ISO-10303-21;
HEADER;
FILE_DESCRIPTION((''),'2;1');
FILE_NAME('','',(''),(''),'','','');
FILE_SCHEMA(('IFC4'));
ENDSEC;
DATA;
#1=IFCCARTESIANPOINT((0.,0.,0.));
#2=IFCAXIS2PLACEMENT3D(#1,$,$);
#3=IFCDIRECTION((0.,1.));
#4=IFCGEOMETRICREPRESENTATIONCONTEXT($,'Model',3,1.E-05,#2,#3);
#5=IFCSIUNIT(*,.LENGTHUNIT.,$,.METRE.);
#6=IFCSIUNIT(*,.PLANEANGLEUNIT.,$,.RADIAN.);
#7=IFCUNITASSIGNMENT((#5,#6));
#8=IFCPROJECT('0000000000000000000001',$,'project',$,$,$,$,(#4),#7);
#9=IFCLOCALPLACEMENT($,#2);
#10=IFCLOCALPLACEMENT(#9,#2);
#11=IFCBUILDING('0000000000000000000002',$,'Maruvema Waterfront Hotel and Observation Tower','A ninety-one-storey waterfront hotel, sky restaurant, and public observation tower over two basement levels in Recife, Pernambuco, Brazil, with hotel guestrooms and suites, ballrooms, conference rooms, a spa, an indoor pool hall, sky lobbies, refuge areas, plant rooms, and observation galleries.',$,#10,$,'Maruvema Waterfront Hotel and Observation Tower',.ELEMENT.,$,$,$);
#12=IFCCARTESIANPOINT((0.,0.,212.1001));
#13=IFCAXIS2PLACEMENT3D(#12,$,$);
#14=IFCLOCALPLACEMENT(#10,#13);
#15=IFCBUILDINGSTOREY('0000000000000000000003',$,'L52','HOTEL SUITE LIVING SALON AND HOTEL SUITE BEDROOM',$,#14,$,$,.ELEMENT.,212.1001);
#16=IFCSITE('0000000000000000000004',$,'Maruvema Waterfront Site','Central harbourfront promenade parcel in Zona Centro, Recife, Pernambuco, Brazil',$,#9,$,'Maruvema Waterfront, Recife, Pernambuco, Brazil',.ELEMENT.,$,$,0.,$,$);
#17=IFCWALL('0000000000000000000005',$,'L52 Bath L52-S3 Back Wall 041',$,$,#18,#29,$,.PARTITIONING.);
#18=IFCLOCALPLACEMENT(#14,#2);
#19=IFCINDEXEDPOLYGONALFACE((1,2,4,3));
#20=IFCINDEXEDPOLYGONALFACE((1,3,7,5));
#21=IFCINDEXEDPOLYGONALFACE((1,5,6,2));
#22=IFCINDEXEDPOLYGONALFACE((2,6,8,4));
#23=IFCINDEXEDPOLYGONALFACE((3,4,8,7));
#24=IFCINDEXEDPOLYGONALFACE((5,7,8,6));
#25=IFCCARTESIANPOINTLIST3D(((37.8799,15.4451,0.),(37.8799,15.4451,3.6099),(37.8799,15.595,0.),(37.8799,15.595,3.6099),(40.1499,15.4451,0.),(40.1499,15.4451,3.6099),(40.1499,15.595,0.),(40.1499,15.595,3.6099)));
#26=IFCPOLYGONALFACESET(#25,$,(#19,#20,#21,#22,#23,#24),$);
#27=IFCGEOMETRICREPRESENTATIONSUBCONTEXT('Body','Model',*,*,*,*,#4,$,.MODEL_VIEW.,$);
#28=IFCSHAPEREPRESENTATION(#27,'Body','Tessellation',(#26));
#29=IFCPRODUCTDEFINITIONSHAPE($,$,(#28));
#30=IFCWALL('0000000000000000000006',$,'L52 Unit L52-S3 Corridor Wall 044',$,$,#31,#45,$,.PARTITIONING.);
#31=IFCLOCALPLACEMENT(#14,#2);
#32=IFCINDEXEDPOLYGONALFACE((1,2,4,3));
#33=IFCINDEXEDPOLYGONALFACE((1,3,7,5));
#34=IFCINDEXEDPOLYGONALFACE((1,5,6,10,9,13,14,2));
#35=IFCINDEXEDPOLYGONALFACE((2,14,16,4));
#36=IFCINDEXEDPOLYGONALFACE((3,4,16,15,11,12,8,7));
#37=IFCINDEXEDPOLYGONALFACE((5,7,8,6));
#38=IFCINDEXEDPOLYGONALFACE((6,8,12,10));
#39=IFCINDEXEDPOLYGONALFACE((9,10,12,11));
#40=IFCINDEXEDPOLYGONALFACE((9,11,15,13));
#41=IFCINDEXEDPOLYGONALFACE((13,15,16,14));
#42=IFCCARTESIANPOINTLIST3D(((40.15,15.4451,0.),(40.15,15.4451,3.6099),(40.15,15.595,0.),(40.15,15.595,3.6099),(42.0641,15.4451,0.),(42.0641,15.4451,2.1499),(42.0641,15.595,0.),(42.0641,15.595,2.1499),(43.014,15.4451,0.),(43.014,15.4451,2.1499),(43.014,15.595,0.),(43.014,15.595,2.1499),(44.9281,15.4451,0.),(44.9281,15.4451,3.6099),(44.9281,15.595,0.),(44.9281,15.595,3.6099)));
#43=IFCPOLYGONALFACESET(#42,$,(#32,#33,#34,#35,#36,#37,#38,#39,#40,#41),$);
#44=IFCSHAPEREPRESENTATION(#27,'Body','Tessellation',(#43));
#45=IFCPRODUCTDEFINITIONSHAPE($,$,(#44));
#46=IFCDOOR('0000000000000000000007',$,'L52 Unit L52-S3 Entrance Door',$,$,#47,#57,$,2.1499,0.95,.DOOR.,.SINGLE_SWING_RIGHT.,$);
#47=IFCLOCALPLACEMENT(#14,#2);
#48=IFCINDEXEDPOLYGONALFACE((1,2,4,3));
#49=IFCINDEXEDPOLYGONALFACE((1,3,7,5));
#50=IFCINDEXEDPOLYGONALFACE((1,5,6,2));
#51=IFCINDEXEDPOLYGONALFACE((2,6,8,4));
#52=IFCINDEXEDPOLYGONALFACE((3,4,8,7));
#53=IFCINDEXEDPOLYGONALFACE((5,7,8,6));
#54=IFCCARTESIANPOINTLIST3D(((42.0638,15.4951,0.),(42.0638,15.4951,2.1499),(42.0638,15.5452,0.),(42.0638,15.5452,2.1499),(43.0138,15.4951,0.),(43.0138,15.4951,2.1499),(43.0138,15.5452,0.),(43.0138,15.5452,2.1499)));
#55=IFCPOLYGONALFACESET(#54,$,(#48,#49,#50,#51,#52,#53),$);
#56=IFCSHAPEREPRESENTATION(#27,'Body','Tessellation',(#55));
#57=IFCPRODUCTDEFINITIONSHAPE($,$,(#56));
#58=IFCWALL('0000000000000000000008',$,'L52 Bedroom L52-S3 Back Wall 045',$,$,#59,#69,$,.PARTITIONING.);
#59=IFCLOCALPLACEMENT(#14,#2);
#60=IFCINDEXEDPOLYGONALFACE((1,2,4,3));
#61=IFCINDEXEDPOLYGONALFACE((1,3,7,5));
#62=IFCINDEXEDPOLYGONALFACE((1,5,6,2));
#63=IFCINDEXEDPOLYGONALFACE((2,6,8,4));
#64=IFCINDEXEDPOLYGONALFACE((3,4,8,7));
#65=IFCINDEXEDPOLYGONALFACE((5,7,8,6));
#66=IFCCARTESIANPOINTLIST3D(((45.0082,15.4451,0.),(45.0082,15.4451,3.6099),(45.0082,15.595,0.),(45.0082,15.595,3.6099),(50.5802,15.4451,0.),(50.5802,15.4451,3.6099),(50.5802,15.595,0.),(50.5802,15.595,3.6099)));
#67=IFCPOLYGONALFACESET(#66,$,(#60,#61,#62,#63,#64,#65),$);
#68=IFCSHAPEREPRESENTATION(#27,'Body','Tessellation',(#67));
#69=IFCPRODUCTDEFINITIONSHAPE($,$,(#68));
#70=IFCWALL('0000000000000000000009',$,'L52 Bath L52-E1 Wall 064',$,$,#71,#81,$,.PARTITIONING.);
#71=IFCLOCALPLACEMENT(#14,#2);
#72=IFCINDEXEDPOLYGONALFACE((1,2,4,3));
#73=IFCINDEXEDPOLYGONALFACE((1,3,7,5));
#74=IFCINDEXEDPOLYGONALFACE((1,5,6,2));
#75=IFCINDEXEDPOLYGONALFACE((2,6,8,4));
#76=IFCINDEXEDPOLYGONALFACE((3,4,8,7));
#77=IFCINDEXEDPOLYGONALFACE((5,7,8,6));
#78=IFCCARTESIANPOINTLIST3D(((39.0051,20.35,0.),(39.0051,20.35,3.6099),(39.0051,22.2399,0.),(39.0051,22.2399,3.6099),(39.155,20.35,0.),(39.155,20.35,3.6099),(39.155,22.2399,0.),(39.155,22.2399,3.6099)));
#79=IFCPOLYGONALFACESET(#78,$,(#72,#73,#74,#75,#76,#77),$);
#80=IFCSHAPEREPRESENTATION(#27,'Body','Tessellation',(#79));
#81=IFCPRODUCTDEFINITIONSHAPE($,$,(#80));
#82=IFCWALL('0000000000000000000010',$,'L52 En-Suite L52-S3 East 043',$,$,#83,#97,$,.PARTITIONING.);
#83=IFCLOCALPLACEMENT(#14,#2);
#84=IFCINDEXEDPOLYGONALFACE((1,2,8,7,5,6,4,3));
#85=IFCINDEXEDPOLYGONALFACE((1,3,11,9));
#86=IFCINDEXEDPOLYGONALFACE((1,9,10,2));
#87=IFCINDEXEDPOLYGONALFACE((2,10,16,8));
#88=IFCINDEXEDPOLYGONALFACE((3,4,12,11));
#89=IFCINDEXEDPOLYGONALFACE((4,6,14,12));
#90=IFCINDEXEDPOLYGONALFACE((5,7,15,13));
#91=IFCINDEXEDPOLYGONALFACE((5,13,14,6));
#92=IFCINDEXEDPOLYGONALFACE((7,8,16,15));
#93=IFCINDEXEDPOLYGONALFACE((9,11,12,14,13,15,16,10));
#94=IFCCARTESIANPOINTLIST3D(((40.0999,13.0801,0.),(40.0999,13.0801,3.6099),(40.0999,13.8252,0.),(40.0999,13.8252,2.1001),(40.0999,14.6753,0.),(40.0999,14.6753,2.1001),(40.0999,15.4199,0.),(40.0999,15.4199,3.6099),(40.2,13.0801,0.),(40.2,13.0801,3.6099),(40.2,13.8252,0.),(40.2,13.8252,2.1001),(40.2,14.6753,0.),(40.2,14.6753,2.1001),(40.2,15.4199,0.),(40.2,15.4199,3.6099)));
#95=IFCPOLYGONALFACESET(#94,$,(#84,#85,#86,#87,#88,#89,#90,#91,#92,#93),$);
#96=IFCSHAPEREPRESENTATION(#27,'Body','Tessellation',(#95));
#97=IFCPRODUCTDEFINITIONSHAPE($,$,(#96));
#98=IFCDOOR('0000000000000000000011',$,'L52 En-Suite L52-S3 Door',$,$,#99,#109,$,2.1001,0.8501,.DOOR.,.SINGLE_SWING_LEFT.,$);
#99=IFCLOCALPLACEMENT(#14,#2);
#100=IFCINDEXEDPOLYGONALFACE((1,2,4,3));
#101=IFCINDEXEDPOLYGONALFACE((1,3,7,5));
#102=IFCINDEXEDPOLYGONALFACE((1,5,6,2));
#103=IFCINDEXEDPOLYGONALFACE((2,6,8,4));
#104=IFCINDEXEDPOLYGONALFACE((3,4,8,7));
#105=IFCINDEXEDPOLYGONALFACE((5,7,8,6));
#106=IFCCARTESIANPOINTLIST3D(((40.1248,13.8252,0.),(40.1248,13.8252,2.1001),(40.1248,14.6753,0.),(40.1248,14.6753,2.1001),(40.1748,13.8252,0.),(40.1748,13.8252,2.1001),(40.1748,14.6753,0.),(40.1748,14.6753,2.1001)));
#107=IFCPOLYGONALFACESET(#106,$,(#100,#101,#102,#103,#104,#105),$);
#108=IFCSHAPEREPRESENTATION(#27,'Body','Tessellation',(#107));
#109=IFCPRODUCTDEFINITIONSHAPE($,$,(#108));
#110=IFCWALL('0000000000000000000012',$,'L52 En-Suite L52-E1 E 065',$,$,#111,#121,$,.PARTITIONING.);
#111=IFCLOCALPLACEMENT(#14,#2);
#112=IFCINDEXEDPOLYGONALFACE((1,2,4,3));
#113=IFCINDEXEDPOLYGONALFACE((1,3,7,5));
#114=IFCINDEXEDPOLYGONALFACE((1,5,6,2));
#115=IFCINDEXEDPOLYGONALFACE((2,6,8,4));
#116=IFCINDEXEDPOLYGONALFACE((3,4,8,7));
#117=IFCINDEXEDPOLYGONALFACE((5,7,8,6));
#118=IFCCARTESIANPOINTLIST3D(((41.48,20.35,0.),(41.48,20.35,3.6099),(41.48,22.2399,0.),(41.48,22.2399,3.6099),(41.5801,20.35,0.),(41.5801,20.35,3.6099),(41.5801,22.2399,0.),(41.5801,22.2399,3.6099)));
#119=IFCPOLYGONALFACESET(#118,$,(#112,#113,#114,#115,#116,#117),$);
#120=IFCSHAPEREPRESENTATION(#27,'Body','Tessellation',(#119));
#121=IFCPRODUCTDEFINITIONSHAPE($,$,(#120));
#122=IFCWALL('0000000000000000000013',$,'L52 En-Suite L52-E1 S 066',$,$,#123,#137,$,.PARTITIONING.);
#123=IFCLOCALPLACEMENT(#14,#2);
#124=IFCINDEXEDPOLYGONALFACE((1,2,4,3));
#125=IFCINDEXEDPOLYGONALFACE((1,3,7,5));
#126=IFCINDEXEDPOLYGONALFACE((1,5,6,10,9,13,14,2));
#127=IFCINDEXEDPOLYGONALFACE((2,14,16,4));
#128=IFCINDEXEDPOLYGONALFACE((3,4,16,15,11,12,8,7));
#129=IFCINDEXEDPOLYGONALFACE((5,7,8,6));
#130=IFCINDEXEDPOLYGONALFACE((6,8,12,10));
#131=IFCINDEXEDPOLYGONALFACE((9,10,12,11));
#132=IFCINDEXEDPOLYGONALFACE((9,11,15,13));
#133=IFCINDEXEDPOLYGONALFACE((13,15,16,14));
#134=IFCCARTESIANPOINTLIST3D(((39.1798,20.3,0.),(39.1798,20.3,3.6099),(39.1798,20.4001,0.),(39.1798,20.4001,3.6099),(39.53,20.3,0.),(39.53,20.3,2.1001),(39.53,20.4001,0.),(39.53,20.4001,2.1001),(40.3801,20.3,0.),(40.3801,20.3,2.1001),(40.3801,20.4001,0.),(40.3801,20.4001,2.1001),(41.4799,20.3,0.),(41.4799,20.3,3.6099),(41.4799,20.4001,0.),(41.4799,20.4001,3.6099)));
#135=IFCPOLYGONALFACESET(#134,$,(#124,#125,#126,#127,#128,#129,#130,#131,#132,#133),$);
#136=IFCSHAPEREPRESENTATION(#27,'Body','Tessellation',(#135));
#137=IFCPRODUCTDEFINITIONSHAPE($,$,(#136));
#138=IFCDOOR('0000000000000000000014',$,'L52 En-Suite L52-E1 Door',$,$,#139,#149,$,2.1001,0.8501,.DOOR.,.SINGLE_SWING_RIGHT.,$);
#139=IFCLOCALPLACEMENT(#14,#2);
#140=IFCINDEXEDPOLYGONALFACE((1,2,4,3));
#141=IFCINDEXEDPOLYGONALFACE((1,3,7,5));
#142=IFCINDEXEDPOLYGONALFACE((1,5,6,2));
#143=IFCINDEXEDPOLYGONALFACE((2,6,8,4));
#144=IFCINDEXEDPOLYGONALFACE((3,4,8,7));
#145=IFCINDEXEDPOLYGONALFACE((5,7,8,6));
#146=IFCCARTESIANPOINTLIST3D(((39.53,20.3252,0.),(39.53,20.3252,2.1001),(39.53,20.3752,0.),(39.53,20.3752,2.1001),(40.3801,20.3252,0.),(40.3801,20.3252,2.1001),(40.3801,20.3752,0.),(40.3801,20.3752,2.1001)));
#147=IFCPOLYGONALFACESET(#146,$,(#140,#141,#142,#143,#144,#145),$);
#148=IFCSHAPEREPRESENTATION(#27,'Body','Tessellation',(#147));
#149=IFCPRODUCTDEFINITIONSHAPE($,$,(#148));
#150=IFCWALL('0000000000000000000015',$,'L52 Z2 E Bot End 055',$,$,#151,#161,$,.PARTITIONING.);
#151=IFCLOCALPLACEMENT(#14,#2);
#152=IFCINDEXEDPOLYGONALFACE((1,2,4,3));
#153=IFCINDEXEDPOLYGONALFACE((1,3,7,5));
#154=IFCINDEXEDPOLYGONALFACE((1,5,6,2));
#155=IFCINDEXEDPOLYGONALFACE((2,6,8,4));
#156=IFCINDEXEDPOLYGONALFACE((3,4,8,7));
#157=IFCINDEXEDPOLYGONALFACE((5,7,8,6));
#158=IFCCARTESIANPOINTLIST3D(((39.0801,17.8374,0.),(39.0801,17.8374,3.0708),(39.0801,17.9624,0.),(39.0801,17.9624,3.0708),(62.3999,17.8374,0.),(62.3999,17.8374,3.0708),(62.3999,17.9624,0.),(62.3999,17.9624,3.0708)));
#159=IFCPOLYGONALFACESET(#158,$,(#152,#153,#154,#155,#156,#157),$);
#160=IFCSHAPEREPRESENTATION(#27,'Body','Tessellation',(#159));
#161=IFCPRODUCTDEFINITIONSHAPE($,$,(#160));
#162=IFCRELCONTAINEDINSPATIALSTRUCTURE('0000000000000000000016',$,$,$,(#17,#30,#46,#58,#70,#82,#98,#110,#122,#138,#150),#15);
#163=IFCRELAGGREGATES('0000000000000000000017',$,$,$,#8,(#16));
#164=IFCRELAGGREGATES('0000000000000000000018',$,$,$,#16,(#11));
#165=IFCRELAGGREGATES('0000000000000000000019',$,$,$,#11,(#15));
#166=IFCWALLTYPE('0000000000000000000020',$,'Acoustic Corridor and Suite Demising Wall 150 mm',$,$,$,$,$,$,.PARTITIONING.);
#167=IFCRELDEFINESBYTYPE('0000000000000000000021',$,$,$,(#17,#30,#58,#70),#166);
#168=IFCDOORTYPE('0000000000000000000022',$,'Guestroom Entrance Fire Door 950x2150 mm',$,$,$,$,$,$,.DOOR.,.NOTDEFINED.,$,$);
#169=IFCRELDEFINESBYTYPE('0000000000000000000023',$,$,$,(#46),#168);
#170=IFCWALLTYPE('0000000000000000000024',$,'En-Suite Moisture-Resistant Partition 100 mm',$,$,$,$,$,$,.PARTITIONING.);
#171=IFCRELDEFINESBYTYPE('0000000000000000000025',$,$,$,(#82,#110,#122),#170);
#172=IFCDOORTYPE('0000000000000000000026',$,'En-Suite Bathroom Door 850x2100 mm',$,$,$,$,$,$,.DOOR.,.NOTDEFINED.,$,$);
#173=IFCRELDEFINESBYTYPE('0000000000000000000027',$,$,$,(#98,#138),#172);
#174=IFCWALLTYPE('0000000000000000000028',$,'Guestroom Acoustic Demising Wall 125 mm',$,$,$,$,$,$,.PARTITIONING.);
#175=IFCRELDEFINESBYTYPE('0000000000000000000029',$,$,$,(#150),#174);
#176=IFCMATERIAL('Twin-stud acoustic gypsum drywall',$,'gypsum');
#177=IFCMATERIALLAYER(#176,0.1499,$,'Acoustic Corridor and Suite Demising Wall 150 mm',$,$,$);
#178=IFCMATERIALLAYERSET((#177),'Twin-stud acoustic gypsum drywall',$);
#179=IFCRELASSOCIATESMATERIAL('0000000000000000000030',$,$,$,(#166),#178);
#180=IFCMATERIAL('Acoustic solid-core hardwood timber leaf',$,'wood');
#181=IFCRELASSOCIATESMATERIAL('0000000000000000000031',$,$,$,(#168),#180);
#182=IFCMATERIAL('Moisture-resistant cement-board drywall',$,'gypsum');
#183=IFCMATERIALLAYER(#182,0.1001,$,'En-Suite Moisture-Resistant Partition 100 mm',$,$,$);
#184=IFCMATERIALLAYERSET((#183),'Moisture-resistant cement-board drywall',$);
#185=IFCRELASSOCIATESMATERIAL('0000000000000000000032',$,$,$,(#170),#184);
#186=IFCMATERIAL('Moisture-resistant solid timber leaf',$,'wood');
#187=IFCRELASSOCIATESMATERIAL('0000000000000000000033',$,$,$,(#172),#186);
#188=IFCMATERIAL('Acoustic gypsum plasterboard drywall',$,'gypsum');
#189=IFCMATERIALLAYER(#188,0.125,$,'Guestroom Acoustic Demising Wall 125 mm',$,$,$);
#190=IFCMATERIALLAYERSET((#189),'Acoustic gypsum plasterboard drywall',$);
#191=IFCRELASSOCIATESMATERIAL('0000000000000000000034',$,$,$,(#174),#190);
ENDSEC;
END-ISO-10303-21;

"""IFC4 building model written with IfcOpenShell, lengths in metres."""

from ifc_helpers import new_model, si_unit, direction, frame, frame_2d, origin, place, context, subcontext, project, spatial, rectangle, extrude, material, layer, layer_set, type_object, element, fill, save


model = new_model("IFC4")

# Units and contexts
model_context = context("Model", 3, precision=1e-05, world=origin(), true_north=direction((0.0, 1.0)))
body_context = subcontext(model_context, "Body", "Model", "MODEL_VIEW")
ifc_project = project(units=[si_unit("LENGTHUNIT", "METRE"), si_unit("PLANEANGLEUNIT", "RADIAN")], contexts=[model_context])

# Site, building, storey
site_placement = place(None, origin())
site = spatial("IfcSite", under=ifc_project, at=site_placement, Name="Maruvema Waterfront Site", Description="Central harbourfront promenade parcel in Zona Centro, Recife, Pernambuco, Brazil", LongName="Maruvema Waterfront, Recife, Pernambuco, Brazil", CompositionType="ELEMENT", RefElevation=0.0)
building_placement = place(site_placement, origin())
building = spatial("IfcBuilding", under=site, at=building_placement, Name="Maruvema Waterfront Hotel and Observation Tower", Description="A ninety-one-storey waterfront hotel, sky restaurant, and public observation tower over two basement levels in Recife, Pernambuco, Brazil, with hotel guestrooms and suites, ballrooms, conference rooms, a spa, an indoor pool hall, sky lobbies, refuge areas, plant rooms, and observation galleries.", LongName="Maruvema Waterfront Hotel and Observation Tower", CompositionType="ELEMENT")
storey_placement = place(building_placement, frame((0.0, 0.0, 212.1001)))
storey = spatial("IfcBuildingStorey", under=building, at=storey_placement, Name="L52", Description="HOTEL SUITE LIVING SALON AND HOTEL SUITE BEDROOM", CompositionType="ELEMENT", Elevation=212.1001)

# Wall
ifc_material_1 = material(Name="Twin-stud acoustic gypsum drywall", Category="gypsum")
ifc_layer_1 = layer(ifc_material_1, 0.1499, Name="Acoustic Corridor and Suite Demising Wall 150 mm")
ifc_layer_set_1 = layer_set([ifc_layer_1], Name="Twin-stud acoustic gypsum drywall")
wall_type_1 = type_object("IfcWallType", Name="Acoustic Corridor and Suite Demising Wall 150 mm", PredefinedType="PARTITIONING", material=ifc_layer_set_1)
wall_1_placement = place(storey_placement, frame((37.8799, 15.52, 0.0), z_axis=(0.0, 0.0, 1.0), x_axis=(1.0, 0.0, 0.0)))
element("IfcWall", 1, at=wall_1_placement, inside=storey, type_object=wall_type_1, Name="L52 Bath L52-S3 Back Wall 041", PredefinedType="PARTITIONING", context=body_context, shape_type="SweptSolid", body=[
    extrude(rectangle(XDim=2.27, YDim=0.1499, at=frame_2d((1.135, 0.0))), origin(), (0.0, 0.0, 1.0), 3.6099),
])

# Wall, opening, door
wall_2_placement = place(storey_placement, frame((40.1499, 15.52, 0.0), z_axis=(0.0, 0.0, 1.0), x_axis=(1.0, 0.0, 0.0)))
wall_2 = element("IfcWall", 2, at=wall_2_placement, inside=storey, type_object=wall_type_1, Name="L52 Unit L52-S3 Corridor Wall 044", PredefinedType="PARTITIONING", context=body_context, shape_type="SweptSolid", body=[
    extrude(rectangle(XDim=4.7781, YDim=0.1499, at=frame_2d((2.3892, 0.0))), origin(), (0.0, 0.0, 1.0), 3.6099),
])
opening_1_placement = place(wall_2_placement, frame((1.9141, 0.0, 0.0)))
opening_1 = element("IfcOpeningElement", 3, at=opening_1_placement, cuts=wall_2, PredefinedType="OPENING", context=body_context, shape_type="SweptSolid", body=[
    extrude(rectangle(XDim=0.95, YDim=2.1499, at=frame_2d((0.4751, 1.075))), frame((0.0, 0.085, 0.0), z_axis=(0.0, -1.0, 0.0), x_axis=(1.0, 0.0, 0.0)), (0.0, 0.0, 1.0), 0.1699),
])
ifc_material_2 = material(Name="Acoustic solid-core hardwood timber leaf", Category="wood")
door_type_1 = type_object("IfcDoorType", Name="Guestroom Entrance Fire Door 950x2150 mm", OperationType="NOTDEFINED", PredefinedType="DOOR", material=ifc_material_2)
door_1_placement = place(opening_1_placement, frame((0.95, 0.0, 0.0), z_axis=(0.0, 0.0, 1.0), x_axis=(-1.0, 0.0, 0.0)))
door_1 = element("IfcDoor", 4, at=door_1_placement, inside=storey, type_object=door_type_1, Name="L52 Unit L52-S3 Entrance Door", OperationType="SINGLE_SWING_RIGHT", OverallHeight=2.1499, OverallWidth=0.95, PredefinedType="DOOR", context=body_context, shape_type="SweptSolid", body=[
    extrude(rectangle(XDim=0.95, YDim=2.1499, at=frame_2d((0.4751, 1.075))), frame((0.0, 0.0249, 0.0), z_axis=(0.0, -1.0, 0.0), x_axis=(1.0, 0.0, 0.0)), (0.0, 0.0, 1.0), 0.05),
])
fill(opening_1, door_1)

# Wall
wall_3_placement = place(storey_placement, frame((45.0081, 15.52, 0.0), z_axis=(0.0, 0.0, 1.0), x_axis=(1.0, 0.0, 0.0)))
element("IfcWall", 5, at=wall_3_placement, inside=storey, type_object=wall_type_1, Name="L52 Bedroom L52-S3 Back Wall 045", PredefinedType="PARTITIONING", context=body_context, shape_type="SweptSolid", body=[
    extrude(rectangle(XDim=5.572, YDim=0.1499, at=frame_2d((2.7861, 0.0))), origin(), (0.0, 0.0, 1.0), 3.6099),
])

# Wall
wall_4_placement = place(storey_placement, frame((39.0801, 20.3501, 0.0), z_axis=(0.0, 0.0, 1.0), x_axis=(0.0, 1.0, 0.0)))
element("IfcWall", 6, at=wall_4_placement, inside=storey, type_object=wall_type_1, Name="L52 Bath L52-E1 Wall 064", PredefinedType="PARTITIONING", context=body_context, shape_type="SweptSolid", body=[
    extrude(rectangle(XDim=1.8899, YDim=0.1499, at=frame_2d((0.9448, 0.0))), origin(), (0.0, 0.0, 1.0), 3.6099),
])

# Wall, opening, door
ifc_material_3 = material(Name="Moisture-resistant cement-board drywall", Category="gypsum")
ifc_layer_2 = layer(ifc_material_3, 0.1001, Name="En-Suite Moisture-Resistant Partition 100 mm")
ifc_layer_set_2 = layer_set([ifc_layer_2], Name="Moisture-resistant cement-board drywall")
wall_type_2 = type_object("IfcWallType", Name="En-Suite Moisture-Resistant Partition 100 mm", PredefinedType="PARTITIONING", material=ifc_layer_set_2)
wall_5_placement = place(storey_placement, frame((40.1499, 13.0801, 0.0), z_axis=(0.0, 0.0, 1.0), x_axis=(0.0, 1.0, 0.0)))
wall_5 = element("IfcWall", 7, at=wall_5_placement, inside=storey, type_object=wall_type_2, Name="L52 En-Suite L52-S3 East 043", PredefinedType="PARTITIONING", context=body_context, shape_type="SweptSolid", body=[
    extrude(rectangle(XDim=2.3398, YDim=0.1001, at=frame_2d((1.1699, 0.0))), origin(), (0.0, 0.0, 1.0), 3.6099),
])
opening_2_placement = place(wall_5_placement, frame((0.7451, 0.0, 0.0)))
opening_2 = element("IfcOpeningElement", 8, at=opening_2_placement, cuts=wall_5, PredefinedType="OPENING", context=body_context, shape_type="SweptSolid", body=[
    extrude(rectangle(XDim=0.8501, YDim=2.1001, at=frame_2d((0.425, 1.05))), frame((0.0, 0.0601, 0.0), z_axis=(0.0, -1.0, 0.0), x_axis=(1.0, 0.0, 0.0)), (0.0, 0.0, 1.0), 0.1201),
])
ifc_material_4 = material(Name="Moisture-resistant solid timber leaf", Category="wood")
door_type_2 = type_object("IfcDoorType", Name="En-Suite Bathroom Door 850x2100 mm", OperationType="NOTDEFINED", PredefinedType="DOOR", material=ifc_material_4)
door_2_placement = place(opening_2_placement, frame((0.8501, 0.0, 0.0), z_axis=(0.0, 0.0, 1.0), x_axis=(-1.0, 0.0, 0.0)))
door_2 = element("IfcDoor", 9, at=door_2_placement, inside=storey, type_object=door_type_2, Name="L52 En-Suite L52-S3 Door", OperationType="SINGLE_SWING_LEFT", OverallHeight=2.1001, OverallWidth=0.8501, PredefinedType="DOOR", context=body_context, shape_type="SweptSolid", body=[
    extrude(rectangle(XDim=0.8501, YDim=2.1001, at=frame_2d((0.425, 1.05))), frame((0.0, 0.0249, 0.0), z_axis=(0.0, -1.0, 0.0), x_axis=(1.0, 0.0, 0.0)), (0.0, 0.0, 1.0), 0.05),
])
fill(opening_2, door_2)

# Wall
wall_6_placement = place(storey_placement, frame((41.53, 20.3501, 0.0), z_axis=(0.0, 0.0, 1.0), x_axis=(0.0, 1.0, 0.0)))
element("IfcWall", 10, at=wall_6_placement, inside=storey, type_object=wall_type_2, Name="L52 En-Suite L52-E1 E 065", PredefinedType="PARTITIONING", context=body_context, shape_type="SweptSolid", body=[
    extrude(rectangle(XDim=1.8899, YDim=0.1001, at=frame_2d((0.9448, 0.0))), origin(), (0.0, 0.0, 1.0), 3.6099),
])

# Wall, opening, door
wall_7_placement = place(storey_placement, frame((39.1799, 20.3501, 0.0), z_axis=(0.0, 0.0, 1.0), x_axis=(1.0, 0.0, 0.0)))
wall_7 = element("IfcWall", 11, at=wall_7_placement, inside=storey, type_object=wall_type_2, Name="L52 En-Suite L52-E1 S 066", PredefinedType="PARTITIONING", context=body_context, shape_type="SweptSolid", body=[
    extrude(rectangle(XDim=2.3, YDim=0.1001, at=frame_2d((1.1499, 0.0))), origin(), (0.0, 0.0, 1.0), 3.6099),
])
opening_3_placement = place(wall_7_placement, frame((0.3501, 0.0, 0.0)))
opening_3 = element("IfcOpeningElement", 12, at=opening_3_placement, cuts=wall_7, PredefinedType="OPENING", context=body_context, shape_type="SweptSolid", body=[
    extrude(rectangle(XDim=0.8501, YDim=2.1001, at=frame_2d((0.425, 1.05))), frame((0.0, 0.0601, 0.0), z_axis=(0.0, -1.0, 0.0), x_axis=(1.0, 0.0, 0.0)), (0.0, 0.0, 1.0), 0.1201),
])
door_3_placement = place(opening_3_placement, frame((0.8501, 0.0, 0.0), z_axis=(0.0, 0.0, 1.0), x_axis=(-1.0, 0.0, 0.0)))
door_3 = element("IfcDoor", 13, at=door_3_placement, inside=storey, type_object=door_type_2, Name="L52 En-Suite L52-E1 Door", OperationType="SINGLE_SWING_RIGHT", OverallHeight=2.1001, OverallWidth=0.8501, PredefinedType="DOOR", context=body_context, shape_type="SweptSolid", body=[
    extrude(rectangle(XDim=0.8501, YDim=2.1001, at=frame_2d((0.425, 1.05))), frame((0.0, 0.0249, 0.0), z_axis=(0.0, -1.0, 0.0), x_axis=(1.0, 0.0, 0.0)), (0.0, 0.0, 1.0), 0.05),
])
fill(opening_3, door_3)

# Wall
ifc_material_5 = material(Name="Acoustic gypsum plasterboard drywall", Category="gypsum")
ifc_layer_3 = layer(ifc_material_5, 0.125, Name="Guestroom Acoustic Demising Wall 125 mm")
ifc_layer_set_3 = layer_set([ifc_layer_3], Name="Acoustic gypsum plasterboard drywall")
wall_type_3 = type_object("IfcWallType", Name="Guestroom Acoustic Demising Wall 125 mm", PredefinedType="PARTITIONING", material=ifc_layer_set_3)
wall_8_placement = place(storey_placement, frame((39.0801, 17.8999, 0.0), z_axis=(0.0, 0.0, 1.0), x_axis=(1.0, 0.0, 0.0)))
element("IfcWall", 14, at=wall_8_placement, inside=storey, type_object=wall_type_3, Name="L52 Z2 E Bot End 055", PredefinedType="PARTITIONING", context=body_context, shape_type="SweptSolid", body=[
    extrude(rectangle(XDim=23.3198, YDim=0.125, at=frame_2d((11.6599, 0.0))), origin(), (0.0, 0.0, 1.0), 3.0708),
])

save(model, "model.ifc")
